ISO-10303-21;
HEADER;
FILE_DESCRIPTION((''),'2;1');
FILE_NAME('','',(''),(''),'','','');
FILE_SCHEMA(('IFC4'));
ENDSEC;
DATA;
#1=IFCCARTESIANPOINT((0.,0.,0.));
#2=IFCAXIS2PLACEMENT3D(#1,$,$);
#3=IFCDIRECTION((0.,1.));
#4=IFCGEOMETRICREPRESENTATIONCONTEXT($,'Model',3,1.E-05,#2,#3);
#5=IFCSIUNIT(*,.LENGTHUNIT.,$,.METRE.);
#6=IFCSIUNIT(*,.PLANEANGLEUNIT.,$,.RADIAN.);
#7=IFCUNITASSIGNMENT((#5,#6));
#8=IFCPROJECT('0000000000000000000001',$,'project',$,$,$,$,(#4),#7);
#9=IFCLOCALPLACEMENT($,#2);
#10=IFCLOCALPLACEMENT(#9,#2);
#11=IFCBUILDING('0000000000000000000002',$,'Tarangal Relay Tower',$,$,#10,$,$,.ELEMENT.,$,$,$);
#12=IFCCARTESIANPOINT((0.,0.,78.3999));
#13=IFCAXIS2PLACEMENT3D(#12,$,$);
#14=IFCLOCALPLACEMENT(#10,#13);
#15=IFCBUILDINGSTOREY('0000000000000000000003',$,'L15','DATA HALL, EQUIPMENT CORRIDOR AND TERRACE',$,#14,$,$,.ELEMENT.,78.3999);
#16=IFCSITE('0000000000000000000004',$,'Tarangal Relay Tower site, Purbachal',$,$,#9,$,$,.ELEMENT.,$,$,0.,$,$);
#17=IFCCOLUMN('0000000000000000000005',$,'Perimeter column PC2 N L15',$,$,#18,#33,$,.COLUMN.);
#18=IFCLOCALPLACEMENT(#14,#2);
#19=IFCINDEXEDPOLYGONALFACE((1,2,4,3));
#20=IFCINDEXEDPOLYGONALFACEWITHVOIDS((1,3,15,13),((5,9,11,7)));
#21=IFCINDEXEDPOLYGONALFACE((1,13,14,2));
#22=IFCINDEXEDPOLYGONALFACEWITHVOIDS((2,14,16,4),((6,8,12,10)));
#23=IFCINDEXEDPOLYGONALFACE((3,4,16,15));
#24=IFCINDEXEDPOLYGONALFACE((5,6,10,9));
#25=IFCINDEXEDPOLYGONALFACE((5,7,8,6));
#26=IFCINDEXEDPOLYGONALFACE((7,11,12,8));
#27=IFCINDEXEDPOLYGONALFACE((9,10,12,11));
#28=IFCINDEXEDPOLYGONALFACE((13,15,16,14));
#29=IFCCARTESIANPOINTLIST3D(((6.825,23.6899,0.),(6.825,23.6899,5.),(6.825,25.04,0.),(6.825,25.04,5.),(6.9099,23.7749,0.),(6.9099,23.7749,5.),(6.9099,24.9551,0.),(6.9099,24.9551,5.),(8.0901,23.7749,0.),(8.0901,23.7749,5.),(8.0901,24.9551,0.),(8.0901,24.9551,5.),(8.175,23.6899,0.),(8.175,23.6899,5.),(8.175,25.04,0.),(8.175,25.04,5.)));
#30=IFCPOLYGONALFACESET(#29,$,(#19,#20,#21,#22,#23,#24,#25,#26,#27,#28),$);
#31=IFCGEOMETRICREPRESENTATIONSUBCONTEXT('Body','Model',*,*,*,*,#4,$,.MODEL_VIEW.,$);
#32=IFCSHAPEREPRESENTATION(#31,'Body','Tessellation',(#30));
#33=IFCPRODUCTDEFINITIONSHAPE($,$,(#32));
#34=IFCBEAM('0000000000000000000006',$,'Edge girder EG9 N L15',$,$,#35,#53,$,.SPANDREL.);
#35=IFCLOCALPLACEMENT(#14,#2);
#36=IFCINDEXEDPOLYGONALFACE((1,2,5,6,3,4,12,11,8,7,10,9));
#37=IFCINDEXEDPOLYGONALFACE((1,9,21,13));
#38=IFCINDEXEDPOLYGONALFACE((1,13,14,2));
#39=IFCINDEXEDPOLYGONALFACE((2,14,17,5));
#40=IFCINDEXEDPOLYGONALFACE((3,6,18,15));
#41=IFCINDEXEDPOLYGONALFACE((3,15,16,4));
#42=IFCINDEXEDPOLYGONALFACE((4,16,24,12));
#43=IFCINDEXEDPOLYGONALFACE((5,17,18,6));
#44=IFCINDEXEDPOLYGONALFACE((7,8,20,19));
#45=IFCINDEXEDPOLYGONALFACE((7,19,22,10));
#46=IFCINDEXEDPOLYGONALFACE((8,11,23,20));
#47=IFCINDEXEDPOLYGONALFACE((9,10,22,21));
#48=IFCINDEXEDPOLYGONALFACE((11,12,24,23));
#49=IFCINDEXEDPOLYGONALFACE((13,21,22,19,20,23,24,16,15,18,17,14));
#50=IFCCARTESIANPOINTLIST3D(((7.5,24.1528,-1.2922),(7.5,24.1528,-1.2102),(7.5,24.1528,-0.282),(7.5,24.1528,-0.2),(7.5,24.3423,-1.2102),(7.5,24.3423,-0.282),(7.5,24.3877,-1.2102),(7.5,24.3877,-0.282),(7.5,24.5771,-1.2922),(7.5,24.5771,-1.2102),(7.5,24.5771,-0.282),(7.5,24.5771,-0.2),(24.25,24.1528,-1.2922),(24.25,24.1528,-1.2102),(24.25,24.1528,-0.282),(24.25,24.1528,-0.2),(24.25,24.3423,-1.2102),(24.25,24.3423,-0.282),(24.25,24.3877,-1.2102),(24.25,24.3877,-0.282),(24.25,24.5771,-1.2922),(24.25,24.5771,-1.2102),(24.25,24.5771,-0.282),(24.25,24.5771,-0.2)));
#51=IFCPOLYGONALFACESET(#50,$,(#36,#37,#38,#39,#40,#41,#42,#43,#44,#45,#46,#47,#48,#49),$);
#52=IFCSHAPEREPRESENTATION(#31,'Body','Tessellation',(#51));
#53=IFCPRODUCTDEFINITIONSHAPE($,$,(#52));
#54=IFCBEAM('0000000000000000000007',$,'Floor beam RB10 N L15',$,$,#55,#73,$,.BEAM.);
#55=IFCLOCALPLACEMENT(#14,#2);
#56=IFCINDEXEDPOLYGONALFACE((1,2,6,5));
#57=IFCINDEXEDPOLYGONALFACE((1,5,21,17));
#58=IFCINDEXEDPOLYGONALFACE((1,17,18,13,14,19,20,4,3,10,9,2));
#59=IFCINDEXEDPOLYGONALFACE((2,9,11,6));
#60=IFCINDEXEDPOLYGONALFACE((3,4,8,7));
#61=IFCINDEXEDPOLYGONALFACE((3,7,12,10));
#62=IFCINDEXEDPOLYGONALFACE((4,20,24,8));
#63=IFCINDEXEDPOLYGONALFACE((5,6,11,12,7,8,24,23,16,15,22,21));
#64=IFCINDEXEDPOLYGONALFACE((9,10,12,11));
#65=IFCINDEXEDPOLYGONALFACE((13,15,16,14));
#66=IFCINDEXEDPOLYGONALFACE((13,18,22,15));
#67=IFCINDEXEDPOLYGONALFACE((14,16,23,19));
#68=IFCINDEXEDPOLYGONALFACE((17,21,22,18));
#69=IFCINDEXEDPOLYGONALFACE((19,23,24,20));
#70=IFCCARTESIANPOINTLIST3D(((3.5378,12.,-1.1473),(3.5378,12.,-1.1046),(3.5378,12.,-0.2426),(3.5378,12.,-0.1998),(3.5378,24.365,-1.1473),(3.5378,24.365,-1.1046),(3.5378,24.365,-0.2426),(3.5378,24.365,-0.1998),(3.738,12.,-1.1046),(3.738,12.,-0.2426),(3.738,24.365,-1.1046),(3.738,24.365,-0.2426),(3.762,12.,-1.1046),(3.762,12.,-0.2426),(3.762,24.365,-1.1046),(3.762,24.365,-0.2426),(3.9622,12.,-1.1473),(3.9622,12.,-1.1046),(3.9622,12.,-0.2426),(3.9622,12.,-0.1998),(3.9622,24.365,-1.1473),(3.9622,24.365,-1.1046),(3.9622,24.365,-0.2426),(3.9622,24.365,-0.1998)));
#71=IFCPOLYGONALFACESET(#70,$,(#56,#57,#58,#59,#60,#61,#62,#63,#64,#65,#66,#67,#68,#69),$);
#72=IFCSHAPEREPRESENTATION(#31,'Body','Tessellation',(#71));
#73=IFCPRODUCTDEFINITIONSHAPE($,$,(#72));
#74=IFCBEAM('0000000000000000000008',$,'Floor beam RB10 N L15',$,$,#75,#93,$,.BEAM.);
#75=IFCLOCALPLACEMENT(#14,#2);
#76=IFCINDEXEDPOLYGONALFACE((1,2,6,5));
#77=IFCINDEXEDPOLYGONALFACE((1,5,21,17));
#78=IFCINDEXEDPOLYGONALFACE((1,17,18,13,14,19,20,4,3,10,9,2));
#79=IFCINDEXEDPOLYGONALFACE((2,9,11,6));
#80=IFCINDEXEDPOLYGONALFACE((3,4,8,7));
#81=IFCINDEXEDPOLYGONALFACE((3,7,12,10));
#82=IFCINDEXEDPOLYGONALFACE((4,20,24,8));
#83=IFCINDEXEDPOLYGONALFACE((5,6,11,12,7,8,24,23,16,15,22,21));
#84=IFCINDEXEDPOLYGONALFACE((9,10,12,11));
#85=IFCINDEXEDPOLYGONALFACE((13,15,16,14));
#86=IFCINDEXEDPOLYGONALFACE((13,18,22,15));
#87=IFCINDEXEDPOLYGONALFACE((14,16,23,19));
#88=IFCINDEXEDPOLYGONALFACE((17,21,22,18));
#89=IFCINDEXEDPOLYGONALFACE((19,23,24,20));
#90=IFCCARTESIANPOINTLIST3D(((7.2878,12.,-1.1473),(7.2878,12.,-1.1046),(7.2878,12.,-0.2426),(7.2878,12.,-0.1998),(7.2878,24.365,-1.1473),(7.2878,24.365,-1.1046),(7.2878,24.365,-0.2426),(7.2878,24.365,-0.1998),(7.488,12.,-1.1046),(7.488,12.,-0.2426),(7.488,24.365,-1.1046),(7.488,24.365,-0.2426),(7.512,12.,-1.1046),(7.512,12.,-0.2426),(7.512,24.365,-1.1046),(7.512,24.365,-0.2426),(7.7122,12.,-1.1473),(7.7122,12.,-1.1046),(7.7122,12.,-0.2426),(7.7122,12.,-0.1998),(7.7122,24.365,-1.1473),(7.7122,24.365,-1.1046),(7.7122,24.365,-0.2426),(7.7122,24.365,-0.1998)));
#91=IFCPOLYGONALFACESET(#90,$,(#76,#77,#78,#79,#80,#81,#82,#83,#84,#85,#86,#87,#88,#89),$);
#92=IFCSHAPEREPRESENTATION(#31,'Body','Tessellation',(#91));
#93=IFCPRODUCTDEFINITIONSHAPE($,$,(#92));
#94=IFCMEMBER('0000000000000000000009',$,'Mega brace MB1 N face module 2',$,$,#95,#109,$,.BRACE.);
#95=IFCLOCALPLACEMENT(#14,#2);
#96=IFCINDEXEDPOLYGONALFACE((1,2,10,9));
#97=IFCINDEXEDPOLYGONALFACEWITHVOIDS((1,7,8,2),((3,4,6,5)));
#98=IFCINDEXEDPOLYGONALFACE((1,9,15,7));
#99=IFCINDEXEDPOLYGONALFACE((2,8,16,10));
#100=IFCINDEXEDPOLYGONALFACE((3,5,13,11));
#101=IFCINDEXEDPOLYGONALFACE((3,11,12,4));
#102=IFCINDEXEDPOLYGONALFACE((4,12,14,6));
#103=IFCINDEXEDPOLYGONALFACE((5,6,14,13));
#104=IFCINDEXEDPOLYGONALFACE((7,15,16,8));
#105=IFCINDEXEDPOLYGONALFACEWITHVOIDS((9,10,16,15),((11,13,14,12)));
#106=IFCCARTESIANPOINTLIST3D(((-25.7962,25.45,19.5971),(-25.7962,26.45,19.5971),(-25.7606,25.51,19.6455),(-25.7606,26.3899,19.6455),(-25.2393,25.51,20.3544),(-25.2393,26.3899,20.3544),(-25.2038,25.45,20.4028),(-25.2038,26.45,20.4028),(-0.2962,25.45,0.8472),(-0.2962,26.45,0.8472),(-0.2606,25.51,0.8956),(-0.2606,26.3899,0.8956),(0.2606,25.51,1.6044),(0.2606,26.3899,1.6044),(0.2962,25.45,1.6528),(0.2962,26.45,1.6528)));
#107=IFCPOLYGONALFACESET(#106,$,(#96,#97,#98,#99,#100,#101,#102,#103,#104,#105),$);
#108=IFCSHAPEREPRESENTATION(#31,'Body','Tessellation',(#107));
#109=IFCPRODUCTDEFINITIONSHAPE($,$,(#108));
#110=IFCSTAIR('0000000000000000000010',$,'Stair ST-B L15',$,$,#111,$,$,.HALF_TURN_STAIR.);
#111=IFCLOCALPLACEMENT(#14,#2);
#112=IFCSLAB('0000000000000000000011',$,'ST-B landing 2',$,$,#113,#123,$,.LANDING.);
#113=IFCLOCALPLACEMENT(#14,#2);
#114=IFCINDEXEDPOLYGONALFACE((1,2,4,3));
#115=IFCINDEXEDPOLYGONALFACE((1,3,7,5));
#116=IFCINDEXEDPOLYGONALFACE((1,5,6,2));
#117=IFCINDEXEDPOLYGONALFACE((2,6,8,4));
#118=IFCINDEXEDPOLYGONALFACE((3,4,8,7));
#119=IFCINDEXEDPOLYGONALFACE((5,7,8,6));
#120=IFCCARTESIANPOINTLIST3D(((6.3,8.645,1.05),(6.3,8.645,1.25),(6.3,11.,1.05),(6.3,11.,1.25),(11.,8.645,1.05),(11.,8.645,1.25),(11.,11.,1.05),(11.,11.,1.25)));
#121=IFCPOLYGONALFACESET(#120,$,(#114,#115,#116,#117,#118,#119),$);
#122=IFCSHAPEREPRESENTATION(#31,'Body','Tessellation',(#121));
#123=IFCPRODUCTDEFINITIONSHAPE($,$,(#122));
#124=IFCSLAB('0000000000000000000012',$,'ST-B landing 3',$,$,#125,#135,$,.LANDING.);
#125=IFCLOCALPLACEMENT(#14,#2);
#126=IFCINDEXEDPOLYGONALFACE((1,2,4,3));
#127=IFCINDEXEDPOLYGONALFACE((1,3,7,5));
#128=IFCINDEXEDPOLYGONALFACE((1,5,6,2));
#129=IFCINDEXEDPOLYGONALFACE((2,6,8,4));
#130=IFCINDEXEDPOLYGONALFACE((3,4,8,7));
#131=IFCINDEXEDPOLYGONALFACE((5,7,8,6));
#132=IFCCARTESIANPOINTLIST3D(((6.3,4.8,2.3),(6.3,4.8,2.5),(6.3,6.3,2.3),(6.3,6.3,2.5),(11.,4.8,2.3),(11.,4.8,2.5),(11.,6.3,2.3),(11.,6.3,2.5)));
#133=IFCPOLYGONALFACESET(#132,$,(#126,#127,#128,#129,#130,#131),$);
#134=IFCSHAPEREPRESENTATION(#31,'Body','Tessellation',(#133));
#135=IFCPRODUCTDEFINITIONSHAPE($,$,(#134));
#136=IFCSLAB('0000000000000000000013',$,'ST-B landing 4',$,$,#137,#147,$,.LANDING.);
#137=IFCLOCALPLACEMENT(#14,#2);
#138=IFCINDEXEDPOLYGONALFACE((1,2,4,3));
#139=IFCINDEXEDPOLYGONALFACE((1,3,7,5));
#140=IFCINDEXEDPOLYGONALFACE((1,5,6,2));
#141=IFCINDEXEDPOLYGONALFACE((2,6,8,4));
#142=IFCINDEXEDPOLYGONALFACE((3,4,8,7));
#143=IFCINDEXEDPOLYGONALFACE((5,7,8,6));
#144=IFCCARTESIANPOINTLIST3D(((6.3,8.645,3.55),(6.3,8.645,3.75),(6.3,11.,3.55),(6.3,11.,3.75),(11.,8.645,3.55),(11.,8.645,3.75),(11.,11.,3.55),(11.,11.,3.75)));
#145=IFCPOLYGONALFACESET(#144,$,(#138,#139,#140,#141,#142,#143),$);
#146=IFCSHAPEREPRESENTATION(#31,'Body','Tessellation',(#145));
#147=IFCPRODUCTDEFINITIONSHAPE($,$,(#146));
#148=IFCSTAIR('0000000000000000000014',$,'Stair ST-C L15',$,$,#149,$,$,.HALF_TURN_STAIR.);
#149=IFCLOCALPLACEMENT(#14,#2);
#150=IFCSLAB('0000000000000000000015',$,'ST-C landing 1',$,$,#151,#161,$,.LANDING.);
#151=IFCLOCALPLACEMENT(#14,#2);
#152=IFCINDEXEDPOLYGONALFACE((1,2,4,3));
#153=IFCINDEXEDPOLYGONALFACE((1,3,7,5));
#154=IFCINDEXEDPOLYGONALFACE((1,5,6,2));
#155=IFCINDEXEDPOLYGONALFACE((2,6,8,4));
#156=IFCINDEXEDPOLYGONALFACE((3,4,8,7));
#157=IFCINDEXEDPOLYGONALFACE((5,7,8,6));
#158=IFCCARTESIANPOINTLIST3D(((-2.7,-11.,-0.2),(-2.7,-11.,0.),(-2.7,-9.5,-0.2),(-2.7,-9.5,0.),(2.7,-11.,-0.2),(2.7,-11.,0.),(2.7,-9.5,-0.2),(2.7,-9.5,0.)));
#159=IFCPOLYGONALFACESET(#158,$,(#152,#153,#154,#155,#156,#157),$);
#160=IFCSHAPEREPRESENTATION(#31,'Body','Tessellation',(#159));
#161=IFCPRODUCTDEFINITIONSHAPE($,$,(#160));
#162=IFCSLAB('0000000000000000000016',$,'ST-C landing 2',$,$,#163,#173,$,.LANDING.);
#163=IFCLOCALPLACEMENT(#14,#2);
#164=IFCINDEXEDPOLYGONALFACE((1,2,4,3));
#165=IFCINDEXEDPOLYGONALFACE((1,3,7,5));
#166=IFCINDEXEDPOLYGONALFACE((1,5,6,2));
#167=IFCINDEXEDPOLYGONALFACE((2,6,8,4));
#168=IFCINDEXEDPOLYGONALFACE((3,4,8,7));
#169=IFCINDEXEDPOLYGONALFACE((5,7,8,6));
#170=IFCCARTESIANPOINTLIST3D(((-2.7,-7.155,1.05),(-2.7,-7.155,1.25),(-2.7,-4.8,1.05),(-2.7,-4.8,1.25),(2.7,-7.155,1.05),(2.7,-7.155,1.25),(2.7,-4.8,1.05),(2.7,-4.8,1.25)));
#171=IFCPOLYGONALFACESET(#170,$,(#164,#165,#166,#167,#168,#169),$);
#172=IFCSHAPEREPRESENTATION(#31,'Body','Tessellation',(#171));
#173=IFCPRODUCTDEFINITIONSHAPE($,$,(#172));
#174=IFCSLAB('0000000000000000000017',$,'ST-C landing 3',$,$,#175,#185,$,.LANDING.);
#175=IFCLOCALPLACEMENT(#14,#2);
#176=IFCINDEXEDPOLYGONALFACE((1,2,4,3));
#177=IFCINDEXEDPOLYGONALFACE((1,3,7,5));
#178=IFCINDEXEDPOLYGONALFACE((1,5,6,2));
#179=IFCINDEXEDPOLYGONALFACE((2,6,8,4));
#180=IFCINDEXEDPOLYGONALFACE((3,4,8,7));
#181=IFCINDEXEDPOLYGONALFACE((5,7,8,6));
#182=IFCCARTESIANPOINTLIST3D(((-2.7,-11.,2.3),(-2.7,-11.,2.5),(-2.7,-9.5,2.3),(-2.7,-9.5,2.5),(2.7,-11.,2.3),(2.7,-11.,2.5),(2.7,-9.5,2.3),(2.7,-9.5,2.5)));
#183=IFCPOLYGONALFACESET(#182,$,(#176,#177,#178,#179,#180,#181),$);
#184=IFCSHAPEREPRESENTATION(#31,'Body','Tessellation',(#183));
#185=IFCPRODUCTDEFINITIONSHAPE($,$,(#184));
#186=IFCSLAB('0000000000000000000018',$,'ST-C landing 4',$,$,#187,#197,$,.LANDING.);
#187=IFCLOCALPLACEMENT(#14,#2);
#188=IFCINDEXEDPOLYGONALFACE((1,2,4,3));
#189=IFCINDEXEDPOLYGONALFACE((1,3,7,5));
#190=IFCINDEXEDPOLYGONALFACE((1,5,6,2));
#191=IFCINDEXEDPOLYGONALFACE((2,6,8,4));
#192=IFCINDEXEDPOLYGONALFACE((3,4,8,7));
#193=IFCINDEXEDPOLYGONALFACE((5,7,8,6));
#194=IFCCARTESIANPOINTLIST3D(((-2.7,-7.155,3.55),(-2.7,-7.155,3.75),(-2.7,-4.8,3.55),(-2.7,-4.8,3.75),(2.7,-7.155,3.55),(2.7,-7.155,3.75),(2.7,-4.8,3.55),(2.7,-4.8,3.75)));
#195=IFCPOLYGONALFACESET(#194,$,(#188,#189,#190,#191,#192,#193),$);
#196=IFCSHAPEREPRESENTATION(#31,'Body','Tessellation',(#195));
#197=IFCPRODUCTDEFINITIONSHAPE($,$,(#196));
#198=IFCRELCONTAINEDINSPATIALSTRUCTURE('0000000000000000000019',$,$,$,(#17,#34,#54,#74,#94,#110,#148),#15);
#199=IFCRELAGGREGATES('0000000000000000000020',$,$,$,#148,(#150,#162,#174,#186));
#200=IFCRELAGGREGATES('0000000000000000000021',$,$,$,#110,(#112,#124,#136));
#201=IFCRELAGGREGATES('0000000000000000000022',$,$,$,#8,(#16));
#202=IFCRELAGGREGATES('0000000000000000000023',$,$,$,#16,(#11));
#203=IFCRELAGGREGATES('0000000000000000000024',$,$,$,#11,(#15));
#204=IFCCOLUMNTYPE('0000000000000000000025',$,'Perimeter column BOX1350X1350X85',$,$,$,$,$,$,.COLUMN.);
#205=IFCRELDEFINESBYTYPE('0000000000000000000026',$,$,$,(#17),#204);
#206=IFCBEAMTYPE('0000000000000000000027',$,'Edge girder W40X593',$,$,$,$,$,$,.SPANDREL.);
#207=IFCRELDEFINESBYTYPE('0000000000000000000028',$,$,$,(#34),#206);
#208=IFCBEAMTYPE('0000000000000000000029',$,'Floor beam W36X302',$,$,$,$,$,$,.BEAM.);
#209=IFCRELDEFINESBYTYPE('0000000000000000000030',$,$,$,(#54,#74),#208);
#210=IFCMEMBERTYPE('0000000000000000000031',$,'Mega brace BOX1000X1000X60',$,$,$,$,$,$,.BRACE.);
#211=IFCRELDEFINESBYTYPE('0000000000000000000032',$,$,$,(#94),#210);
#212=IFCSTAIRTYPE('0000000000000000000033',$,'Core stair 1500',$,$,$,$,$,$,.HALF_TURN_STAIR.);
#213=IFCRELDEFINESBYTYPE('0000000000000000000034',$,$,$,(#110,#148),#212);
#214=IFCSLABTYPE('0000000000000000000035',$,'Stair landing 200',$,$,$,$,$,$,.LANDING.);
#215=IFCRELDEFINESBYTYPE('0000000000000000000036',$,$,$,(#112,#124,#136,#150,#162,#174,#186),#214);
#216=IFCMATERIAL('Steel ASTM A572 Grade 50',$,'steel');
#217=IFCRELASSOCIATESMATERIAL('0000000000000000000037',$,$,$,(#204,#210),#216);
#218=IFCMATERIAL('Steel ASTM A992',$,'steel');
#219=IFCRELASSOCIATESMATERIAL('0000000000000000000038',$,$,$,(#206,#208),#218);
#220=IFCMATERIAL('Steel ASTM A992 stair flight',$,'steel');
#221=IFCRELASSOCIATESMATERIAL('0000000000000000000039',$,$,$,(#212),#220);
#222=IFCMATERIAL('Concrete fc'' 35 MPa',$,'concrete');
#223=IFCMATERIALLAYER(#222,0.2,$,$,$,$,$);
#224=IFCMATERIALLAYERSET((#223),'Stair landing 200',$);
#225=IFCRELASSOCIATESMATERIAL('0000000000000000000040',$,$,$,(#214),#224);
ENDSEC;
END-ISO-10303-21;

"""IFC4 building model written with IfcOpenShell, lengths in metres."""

from ifc_helpers import new_model, si_unit, direction, frame, origin, origin_2d, place, context, subcontext, project, spatial, polyline, hollow_rectangle, i_section, outline, extrude, material, layer, layer_set, material_profile, profile_set, type_object, element, aggregate, save


model = new_model("IFC4")

# Units and contexts
model_context = context("Model", 3, precision=1e-05, world=origin(), true_north=direction((0.0, 1.0)))
body_context = subcontext(model_context, "Body", "Model", "MODEL_VIEW")
ifc_project = project(units=[si_unit("LENGTHUNIT", "METRE"), si_unit("PLANEANGLEUNIT", "RADIAN")], contexts=[model_context])

# Site, building, storey
site_placement = place(None, origin())
site = spatial("IfcSite", under=ifc_project, at=site_placement, Name="Tarangal Relay Tower site, Purbachal", CompositionType="ELEMENT", RefElevation=0.0)
building_placement = place(site_placement, origin())
building = spatial("IfcBuilding", under=site, at=building_placement, Name="Tarangal Relay Tower", CompositionType="ELEMENT")
storey_placement = place(building_placement, frame((0.0, 0.0, 78.3999)))
storey = spatial("IfcBuildingStorey", under=building, at=storey_placement, Name="L15", Description="DATA HALL, EQUIPMENT CORRIDOR AND TERRACE", CompositionType="ELEMENT", Elevation=78.3999)

# Column
ifc_material_1 = material(Name="Steel ASTM A572 Grade 50", Category="steel")
ifc_material_profile_1 = material_profile(ifc_material_1, hollow_rectangle(XDim=1.3501, YDim=1.3501, WallThickness=0.085, at=origin_2d()), Name="BOX1350X1350X85")
ifc_profile_set_1 = profile_set([ifc_material_profile_1], Name="Steel ASTM A572 Grade 50")
column_type = type_object("IfcColumnType", Name="Perimeter column BOX1350X1350X85", PredefinedType="COLUMN", material=ifc_profile_set_1)
column_placement = place(storey_placement, frame((7.5, 24.365, 0.0), z_axis=(0.0, 0.0, 1.0), x_axis=(1.0, 0.0, 0.0)))
element("IfcColumn", 1, at=column_placement, inside=storey, type_object=column_type, Name="Perimeter column PC2 N L15", PredefinedType="COLUMN", context=body_context, shape_type="SweptSolid", body=[
    extrude(hollow_rectangle(XDim=1.3501, YDim=1.3501, WallThickness=0.085, at=origin_2d()), origin(), (0.0, 0.0, 1.0), 5.0),
])

# Beams
ifc_material_2 = material(Name="Steel ASTM A992", Category="steel")
ifc_material_profile_2 = material_profile(ifc_material_2, i_section(OverallWidth=0.4243, OverallDepth=1.0923, WebThickness=0.0454, FlangeThickness=0.082, at=origin_2d()), Name="W40X593")
ifc_profile_set_2 = profile_set([ifc_material_profile_2], Name="Steel ASTM A992")
beam_type_1 = type_object("IfcBeamType", Name="Edge girder W40X593", PredefinedType="SPANDREL", material=ifc_profile_set_2)
beam_placement = place(storey_placement, frame((7.5, 24.365, -0.7461), z_axis=(1.0, 0.0, 0.0), x_axis=(0.0, 1.0, 0.0)))
element("IfcBeam", 2, at=beam_placement, inside=storey, type_object=beam_type_1, Name="Edge girder EG9 N L15", PredefinedType="SPANDREL", context=body_context, shape_type="SweptSolid", body=[
    extrude(i_section(OverallWidth=0.4243, OverallDepth=1.0923, WebThickness=0.0454, FlangeThickness=0.082, at=origin_2d()), origin(), (0.0, 0.0, 1.0), 16.75),
])
ifc_material_profile_3 = material_profile(ifc_material_2, i_section(OverallWidth=0.4243, OverallDepth=0.9475, WebThickness=0.0239, FlangeThickness=0.0427, at=origin_2d()), Name="W36X302")
ifc_profile_set_3 = profile_set([ifc_material_profile_3], Name="Steel ASTM A992")
beam_type_2 = type_object("IfcBeamType", Name="Floor beam W36X302", PredefinedType="BEAM", material=ifc_profile_set_3)
for number, where, z_axis, x_axis, name in (
    (3, (3.75, 12.0, -0.6736), (0.0, 1.0, 0.0), (-1.0, 0.0, 0.0), "Floor beam RB10 N L15"),
    (4, (7.5, 12.0, -0.6736), (0.0, 1.0, 0.0), (-1.0, 0.0, 0.0), "Floor beam RB10 N L15"),
):
    element("IfcBeam", number, at=place(storey_placement, frame(where, z_axis=z_axis, x_axis=x_axis)), inside=storey, type_object=beam_type_2, Name=name, PredefinedType="BEAM", context=body_context, shape_type="SweptSolid", body=[
        extrude(i_section(OverallWidth=0.4243, OverallDepth=0.9475, WebThickness=0.0239, FlangeThickness=0.0427, at=origin_2d()), origin(), (0.0, 0.0, 1.0), 12.365),
    ])

# Member
ifc_material_profile_4 = material_profile(ifc_material_1, hollow_rectangle(XDim=1.0, YDim=1.0, WallThickness=0.0601, at=origin_2d()), Name="BOX1000X1000X60")
ifc_profile_set_4 = profile_set([ifc_material_profile_4], Name="Steel ASTM A572 Grade 50")
member_type = type_object("IfcMemberType", Name="Mega brace BOX1000X1000X60", PredefinedType="BRACE", material=ifc_profile_set_4)
member_placement = place(storey_placement, frame((0.0, 25.95, 1.25), z_axis=(-0.805651, 0.0, 0.59239), x_axis=(0.0, -1.0, 0.0)))
element("IfcMember", 5, at=member_placement, inside=storey, type_object=member_type, Name="Mega brace MB1 N face module 2", PredefinedType="BRACE", context=body_context, shape_type="SweptSolid", body=[
    extrude(hollow_rectangle(XDim=1.0, YDim=1.0, WallThickness=0.0601, at=origin_2d()), origin(), (0.0, 0.0, 1.0), 31.6514),
])

# Stairs, slabs
ifc_material_3 = material(Name="Steel ASTM A992 stair flight", Category="steel")
stair_type = type_object("IfcStairType", Name="Core stair 1500", PredefinedType="HALF_TURN_STAIR", material=ifc_material_3)
stair_1_placement = place(storey_placement, origin())
stair_1 = element("IfcStair", 6, at=stair_1_placement, inside=storey, type_object=stair_type, Name="Stair ST-B L15", PredefinedType="HALF_TURN_STAIR")
ifc_material_4 = material(Name="Concrete fc' 35 MPa", Category="concrete")
ifc_layer_1 = layer(ifc_material_4, 0.2)
ifc_layer_set_1 = layer_set([ifc_layer_1], Name="Stair landing 200")
slab_type = type_object("IfcSlabType", Name="Stair landing 200", PredefinedType="LANDING", material=ifc_layer_set_1)
slab_1_placement = place(storey_placement, frame((0.0, 0.0, 1.05)))
slab_1 = element("IfcSlab", 7, at=slab_1_placement, type_object=slab_type, Name="ST-B landing 2", PredefinedType="LANDING", context=body_context, shape_type="SweptSolid", body=[
    extrude(outline(polyline([(6.3, 8.645), (11.0, 8.645), (11.0, 11.0), (6.3, 11.0), (6.3, 8.645)])), origin(), (0.0, 0.0, 1.0), 0.2),
])
slab_2_placement = place(storey_placement, frame((0.0, 0.0, 2.3)))
slab_2 = element("IfcSlab", 8, at=slab_2_placement, type_object=slab_type, Name="ST-B landing 3", PredefinedType="LANDING", context=body_context, shape_type="SweptSolid", body=[
    extrude(outline(polyline([(6.3, 4.8), (11.0, 4.8), (11.0, 6.3), (6.3, 6.3), (6.3, 4.8)])), origin(), (0.0, 0.0, 1.0), 0.2),
])
slab_3_placement = place(storey_placement, frame((0.0, 0.0, 3.55)))
slab_3 = element("IfcSlab", 9, at=slab_3_placement, type_object=slab_type, Name="ST-B landing 4", PredefinedType="LANDING", context=body_context, shape_type="SweptSolid", body=[
    extrude(outline(polyline([(6.3, 8.645), (11.0, 8.645), (11.0, 11.0), (6.3, 11.0), (6.3, 8.645)])), origin(), (0.0, 0.0, 1.0), 0.2),
])
stair_2_placement = place(storey_placement, origin())
stair_2 = element("IfcStair", 10, at=stair_2_placement, inside=storey, type_object=stair_type, Name="Stair ST-C L15", PredefinedType="HALF_TURN_STAIR")
slab_4_placement = place(storey_placement, frame((0.0, 0.0, -0.2)))
slab_4 = element("IfcSlab", 11, at=slab_4_placement, type_object=slab_type, Name="ST-C landing 1", PredefinedType="LANDING", context=body_context, shape_type="SweptSolid", body=[
    extrude(outline(polyline([(-2.7, -11.0), (2.7, -11.0), (2.7, -9.5), (-2.7, -9.5), (-2.7, -11.0)])), origin(), (0.0, 0.0, 1.0), 0.2),
])
slab_5_placement = place(storey_placement, frame((0.0, 0.0, 1.05)))
slab_5 = element("IfcSlab", 12, at=slab_5_placement, type_object=slab_type, Name="ST-C landing 2", PredefinedType="LANDING", context=body_context, shape_type="SweptSolid", body=[
    extrude(outline(polyline([(-2.7, -7.155), (2.7, -7.155), (2.7, -4.8), (-2.7, -4.8), (-2.7, -7.155)])), origin(), (0.0, 0.0, 1.0), 0.2),
])
slab_6_placement = place(storey_placement, frame((0.0, 0.0, 2.3)))
slab_6 = element("IfcSlab", 13, at=slab_6_placement, type_object=slab_type, Name="ST-C landing 3", PredefinedType="LANDING", context=body_context, shape_type="SweptSolid", body=[
    extrude(outline(polyline([(-2.7, -11.0), (2.7, -11.0), (2.7, -9.5), (-2.7, -9.5), (-2.7, -11.0)])), origin(), (0.0, 0.0, 1.0), 0.2),
])
slab_7_placement = place(storey_placement, frame((0.0, 0.0, 3.55)))
slab_7 = element("IfcSlab", 14, at=slab_7_placement, type_object=slab_type, Name="ST-C landing 4", PredefinedType="LANDING", context=body_context, shape_type="SweptSolid", body=[
    extrude(outline(polyline([(-2.7, -7.155), (2.7, -7.155), (2.7, -4.8), (-2.7, -4.8), (-2.7, -7.155)])), origin(), (0.0, 0.0, 1.0), 0.2),
])
aggregate(stair_2, [slab_4, slab_5, slab_6, slab_7])

aggregate(stair_1, [slab_1, slab_2, slab_3])

save(model, "model.ifc")
